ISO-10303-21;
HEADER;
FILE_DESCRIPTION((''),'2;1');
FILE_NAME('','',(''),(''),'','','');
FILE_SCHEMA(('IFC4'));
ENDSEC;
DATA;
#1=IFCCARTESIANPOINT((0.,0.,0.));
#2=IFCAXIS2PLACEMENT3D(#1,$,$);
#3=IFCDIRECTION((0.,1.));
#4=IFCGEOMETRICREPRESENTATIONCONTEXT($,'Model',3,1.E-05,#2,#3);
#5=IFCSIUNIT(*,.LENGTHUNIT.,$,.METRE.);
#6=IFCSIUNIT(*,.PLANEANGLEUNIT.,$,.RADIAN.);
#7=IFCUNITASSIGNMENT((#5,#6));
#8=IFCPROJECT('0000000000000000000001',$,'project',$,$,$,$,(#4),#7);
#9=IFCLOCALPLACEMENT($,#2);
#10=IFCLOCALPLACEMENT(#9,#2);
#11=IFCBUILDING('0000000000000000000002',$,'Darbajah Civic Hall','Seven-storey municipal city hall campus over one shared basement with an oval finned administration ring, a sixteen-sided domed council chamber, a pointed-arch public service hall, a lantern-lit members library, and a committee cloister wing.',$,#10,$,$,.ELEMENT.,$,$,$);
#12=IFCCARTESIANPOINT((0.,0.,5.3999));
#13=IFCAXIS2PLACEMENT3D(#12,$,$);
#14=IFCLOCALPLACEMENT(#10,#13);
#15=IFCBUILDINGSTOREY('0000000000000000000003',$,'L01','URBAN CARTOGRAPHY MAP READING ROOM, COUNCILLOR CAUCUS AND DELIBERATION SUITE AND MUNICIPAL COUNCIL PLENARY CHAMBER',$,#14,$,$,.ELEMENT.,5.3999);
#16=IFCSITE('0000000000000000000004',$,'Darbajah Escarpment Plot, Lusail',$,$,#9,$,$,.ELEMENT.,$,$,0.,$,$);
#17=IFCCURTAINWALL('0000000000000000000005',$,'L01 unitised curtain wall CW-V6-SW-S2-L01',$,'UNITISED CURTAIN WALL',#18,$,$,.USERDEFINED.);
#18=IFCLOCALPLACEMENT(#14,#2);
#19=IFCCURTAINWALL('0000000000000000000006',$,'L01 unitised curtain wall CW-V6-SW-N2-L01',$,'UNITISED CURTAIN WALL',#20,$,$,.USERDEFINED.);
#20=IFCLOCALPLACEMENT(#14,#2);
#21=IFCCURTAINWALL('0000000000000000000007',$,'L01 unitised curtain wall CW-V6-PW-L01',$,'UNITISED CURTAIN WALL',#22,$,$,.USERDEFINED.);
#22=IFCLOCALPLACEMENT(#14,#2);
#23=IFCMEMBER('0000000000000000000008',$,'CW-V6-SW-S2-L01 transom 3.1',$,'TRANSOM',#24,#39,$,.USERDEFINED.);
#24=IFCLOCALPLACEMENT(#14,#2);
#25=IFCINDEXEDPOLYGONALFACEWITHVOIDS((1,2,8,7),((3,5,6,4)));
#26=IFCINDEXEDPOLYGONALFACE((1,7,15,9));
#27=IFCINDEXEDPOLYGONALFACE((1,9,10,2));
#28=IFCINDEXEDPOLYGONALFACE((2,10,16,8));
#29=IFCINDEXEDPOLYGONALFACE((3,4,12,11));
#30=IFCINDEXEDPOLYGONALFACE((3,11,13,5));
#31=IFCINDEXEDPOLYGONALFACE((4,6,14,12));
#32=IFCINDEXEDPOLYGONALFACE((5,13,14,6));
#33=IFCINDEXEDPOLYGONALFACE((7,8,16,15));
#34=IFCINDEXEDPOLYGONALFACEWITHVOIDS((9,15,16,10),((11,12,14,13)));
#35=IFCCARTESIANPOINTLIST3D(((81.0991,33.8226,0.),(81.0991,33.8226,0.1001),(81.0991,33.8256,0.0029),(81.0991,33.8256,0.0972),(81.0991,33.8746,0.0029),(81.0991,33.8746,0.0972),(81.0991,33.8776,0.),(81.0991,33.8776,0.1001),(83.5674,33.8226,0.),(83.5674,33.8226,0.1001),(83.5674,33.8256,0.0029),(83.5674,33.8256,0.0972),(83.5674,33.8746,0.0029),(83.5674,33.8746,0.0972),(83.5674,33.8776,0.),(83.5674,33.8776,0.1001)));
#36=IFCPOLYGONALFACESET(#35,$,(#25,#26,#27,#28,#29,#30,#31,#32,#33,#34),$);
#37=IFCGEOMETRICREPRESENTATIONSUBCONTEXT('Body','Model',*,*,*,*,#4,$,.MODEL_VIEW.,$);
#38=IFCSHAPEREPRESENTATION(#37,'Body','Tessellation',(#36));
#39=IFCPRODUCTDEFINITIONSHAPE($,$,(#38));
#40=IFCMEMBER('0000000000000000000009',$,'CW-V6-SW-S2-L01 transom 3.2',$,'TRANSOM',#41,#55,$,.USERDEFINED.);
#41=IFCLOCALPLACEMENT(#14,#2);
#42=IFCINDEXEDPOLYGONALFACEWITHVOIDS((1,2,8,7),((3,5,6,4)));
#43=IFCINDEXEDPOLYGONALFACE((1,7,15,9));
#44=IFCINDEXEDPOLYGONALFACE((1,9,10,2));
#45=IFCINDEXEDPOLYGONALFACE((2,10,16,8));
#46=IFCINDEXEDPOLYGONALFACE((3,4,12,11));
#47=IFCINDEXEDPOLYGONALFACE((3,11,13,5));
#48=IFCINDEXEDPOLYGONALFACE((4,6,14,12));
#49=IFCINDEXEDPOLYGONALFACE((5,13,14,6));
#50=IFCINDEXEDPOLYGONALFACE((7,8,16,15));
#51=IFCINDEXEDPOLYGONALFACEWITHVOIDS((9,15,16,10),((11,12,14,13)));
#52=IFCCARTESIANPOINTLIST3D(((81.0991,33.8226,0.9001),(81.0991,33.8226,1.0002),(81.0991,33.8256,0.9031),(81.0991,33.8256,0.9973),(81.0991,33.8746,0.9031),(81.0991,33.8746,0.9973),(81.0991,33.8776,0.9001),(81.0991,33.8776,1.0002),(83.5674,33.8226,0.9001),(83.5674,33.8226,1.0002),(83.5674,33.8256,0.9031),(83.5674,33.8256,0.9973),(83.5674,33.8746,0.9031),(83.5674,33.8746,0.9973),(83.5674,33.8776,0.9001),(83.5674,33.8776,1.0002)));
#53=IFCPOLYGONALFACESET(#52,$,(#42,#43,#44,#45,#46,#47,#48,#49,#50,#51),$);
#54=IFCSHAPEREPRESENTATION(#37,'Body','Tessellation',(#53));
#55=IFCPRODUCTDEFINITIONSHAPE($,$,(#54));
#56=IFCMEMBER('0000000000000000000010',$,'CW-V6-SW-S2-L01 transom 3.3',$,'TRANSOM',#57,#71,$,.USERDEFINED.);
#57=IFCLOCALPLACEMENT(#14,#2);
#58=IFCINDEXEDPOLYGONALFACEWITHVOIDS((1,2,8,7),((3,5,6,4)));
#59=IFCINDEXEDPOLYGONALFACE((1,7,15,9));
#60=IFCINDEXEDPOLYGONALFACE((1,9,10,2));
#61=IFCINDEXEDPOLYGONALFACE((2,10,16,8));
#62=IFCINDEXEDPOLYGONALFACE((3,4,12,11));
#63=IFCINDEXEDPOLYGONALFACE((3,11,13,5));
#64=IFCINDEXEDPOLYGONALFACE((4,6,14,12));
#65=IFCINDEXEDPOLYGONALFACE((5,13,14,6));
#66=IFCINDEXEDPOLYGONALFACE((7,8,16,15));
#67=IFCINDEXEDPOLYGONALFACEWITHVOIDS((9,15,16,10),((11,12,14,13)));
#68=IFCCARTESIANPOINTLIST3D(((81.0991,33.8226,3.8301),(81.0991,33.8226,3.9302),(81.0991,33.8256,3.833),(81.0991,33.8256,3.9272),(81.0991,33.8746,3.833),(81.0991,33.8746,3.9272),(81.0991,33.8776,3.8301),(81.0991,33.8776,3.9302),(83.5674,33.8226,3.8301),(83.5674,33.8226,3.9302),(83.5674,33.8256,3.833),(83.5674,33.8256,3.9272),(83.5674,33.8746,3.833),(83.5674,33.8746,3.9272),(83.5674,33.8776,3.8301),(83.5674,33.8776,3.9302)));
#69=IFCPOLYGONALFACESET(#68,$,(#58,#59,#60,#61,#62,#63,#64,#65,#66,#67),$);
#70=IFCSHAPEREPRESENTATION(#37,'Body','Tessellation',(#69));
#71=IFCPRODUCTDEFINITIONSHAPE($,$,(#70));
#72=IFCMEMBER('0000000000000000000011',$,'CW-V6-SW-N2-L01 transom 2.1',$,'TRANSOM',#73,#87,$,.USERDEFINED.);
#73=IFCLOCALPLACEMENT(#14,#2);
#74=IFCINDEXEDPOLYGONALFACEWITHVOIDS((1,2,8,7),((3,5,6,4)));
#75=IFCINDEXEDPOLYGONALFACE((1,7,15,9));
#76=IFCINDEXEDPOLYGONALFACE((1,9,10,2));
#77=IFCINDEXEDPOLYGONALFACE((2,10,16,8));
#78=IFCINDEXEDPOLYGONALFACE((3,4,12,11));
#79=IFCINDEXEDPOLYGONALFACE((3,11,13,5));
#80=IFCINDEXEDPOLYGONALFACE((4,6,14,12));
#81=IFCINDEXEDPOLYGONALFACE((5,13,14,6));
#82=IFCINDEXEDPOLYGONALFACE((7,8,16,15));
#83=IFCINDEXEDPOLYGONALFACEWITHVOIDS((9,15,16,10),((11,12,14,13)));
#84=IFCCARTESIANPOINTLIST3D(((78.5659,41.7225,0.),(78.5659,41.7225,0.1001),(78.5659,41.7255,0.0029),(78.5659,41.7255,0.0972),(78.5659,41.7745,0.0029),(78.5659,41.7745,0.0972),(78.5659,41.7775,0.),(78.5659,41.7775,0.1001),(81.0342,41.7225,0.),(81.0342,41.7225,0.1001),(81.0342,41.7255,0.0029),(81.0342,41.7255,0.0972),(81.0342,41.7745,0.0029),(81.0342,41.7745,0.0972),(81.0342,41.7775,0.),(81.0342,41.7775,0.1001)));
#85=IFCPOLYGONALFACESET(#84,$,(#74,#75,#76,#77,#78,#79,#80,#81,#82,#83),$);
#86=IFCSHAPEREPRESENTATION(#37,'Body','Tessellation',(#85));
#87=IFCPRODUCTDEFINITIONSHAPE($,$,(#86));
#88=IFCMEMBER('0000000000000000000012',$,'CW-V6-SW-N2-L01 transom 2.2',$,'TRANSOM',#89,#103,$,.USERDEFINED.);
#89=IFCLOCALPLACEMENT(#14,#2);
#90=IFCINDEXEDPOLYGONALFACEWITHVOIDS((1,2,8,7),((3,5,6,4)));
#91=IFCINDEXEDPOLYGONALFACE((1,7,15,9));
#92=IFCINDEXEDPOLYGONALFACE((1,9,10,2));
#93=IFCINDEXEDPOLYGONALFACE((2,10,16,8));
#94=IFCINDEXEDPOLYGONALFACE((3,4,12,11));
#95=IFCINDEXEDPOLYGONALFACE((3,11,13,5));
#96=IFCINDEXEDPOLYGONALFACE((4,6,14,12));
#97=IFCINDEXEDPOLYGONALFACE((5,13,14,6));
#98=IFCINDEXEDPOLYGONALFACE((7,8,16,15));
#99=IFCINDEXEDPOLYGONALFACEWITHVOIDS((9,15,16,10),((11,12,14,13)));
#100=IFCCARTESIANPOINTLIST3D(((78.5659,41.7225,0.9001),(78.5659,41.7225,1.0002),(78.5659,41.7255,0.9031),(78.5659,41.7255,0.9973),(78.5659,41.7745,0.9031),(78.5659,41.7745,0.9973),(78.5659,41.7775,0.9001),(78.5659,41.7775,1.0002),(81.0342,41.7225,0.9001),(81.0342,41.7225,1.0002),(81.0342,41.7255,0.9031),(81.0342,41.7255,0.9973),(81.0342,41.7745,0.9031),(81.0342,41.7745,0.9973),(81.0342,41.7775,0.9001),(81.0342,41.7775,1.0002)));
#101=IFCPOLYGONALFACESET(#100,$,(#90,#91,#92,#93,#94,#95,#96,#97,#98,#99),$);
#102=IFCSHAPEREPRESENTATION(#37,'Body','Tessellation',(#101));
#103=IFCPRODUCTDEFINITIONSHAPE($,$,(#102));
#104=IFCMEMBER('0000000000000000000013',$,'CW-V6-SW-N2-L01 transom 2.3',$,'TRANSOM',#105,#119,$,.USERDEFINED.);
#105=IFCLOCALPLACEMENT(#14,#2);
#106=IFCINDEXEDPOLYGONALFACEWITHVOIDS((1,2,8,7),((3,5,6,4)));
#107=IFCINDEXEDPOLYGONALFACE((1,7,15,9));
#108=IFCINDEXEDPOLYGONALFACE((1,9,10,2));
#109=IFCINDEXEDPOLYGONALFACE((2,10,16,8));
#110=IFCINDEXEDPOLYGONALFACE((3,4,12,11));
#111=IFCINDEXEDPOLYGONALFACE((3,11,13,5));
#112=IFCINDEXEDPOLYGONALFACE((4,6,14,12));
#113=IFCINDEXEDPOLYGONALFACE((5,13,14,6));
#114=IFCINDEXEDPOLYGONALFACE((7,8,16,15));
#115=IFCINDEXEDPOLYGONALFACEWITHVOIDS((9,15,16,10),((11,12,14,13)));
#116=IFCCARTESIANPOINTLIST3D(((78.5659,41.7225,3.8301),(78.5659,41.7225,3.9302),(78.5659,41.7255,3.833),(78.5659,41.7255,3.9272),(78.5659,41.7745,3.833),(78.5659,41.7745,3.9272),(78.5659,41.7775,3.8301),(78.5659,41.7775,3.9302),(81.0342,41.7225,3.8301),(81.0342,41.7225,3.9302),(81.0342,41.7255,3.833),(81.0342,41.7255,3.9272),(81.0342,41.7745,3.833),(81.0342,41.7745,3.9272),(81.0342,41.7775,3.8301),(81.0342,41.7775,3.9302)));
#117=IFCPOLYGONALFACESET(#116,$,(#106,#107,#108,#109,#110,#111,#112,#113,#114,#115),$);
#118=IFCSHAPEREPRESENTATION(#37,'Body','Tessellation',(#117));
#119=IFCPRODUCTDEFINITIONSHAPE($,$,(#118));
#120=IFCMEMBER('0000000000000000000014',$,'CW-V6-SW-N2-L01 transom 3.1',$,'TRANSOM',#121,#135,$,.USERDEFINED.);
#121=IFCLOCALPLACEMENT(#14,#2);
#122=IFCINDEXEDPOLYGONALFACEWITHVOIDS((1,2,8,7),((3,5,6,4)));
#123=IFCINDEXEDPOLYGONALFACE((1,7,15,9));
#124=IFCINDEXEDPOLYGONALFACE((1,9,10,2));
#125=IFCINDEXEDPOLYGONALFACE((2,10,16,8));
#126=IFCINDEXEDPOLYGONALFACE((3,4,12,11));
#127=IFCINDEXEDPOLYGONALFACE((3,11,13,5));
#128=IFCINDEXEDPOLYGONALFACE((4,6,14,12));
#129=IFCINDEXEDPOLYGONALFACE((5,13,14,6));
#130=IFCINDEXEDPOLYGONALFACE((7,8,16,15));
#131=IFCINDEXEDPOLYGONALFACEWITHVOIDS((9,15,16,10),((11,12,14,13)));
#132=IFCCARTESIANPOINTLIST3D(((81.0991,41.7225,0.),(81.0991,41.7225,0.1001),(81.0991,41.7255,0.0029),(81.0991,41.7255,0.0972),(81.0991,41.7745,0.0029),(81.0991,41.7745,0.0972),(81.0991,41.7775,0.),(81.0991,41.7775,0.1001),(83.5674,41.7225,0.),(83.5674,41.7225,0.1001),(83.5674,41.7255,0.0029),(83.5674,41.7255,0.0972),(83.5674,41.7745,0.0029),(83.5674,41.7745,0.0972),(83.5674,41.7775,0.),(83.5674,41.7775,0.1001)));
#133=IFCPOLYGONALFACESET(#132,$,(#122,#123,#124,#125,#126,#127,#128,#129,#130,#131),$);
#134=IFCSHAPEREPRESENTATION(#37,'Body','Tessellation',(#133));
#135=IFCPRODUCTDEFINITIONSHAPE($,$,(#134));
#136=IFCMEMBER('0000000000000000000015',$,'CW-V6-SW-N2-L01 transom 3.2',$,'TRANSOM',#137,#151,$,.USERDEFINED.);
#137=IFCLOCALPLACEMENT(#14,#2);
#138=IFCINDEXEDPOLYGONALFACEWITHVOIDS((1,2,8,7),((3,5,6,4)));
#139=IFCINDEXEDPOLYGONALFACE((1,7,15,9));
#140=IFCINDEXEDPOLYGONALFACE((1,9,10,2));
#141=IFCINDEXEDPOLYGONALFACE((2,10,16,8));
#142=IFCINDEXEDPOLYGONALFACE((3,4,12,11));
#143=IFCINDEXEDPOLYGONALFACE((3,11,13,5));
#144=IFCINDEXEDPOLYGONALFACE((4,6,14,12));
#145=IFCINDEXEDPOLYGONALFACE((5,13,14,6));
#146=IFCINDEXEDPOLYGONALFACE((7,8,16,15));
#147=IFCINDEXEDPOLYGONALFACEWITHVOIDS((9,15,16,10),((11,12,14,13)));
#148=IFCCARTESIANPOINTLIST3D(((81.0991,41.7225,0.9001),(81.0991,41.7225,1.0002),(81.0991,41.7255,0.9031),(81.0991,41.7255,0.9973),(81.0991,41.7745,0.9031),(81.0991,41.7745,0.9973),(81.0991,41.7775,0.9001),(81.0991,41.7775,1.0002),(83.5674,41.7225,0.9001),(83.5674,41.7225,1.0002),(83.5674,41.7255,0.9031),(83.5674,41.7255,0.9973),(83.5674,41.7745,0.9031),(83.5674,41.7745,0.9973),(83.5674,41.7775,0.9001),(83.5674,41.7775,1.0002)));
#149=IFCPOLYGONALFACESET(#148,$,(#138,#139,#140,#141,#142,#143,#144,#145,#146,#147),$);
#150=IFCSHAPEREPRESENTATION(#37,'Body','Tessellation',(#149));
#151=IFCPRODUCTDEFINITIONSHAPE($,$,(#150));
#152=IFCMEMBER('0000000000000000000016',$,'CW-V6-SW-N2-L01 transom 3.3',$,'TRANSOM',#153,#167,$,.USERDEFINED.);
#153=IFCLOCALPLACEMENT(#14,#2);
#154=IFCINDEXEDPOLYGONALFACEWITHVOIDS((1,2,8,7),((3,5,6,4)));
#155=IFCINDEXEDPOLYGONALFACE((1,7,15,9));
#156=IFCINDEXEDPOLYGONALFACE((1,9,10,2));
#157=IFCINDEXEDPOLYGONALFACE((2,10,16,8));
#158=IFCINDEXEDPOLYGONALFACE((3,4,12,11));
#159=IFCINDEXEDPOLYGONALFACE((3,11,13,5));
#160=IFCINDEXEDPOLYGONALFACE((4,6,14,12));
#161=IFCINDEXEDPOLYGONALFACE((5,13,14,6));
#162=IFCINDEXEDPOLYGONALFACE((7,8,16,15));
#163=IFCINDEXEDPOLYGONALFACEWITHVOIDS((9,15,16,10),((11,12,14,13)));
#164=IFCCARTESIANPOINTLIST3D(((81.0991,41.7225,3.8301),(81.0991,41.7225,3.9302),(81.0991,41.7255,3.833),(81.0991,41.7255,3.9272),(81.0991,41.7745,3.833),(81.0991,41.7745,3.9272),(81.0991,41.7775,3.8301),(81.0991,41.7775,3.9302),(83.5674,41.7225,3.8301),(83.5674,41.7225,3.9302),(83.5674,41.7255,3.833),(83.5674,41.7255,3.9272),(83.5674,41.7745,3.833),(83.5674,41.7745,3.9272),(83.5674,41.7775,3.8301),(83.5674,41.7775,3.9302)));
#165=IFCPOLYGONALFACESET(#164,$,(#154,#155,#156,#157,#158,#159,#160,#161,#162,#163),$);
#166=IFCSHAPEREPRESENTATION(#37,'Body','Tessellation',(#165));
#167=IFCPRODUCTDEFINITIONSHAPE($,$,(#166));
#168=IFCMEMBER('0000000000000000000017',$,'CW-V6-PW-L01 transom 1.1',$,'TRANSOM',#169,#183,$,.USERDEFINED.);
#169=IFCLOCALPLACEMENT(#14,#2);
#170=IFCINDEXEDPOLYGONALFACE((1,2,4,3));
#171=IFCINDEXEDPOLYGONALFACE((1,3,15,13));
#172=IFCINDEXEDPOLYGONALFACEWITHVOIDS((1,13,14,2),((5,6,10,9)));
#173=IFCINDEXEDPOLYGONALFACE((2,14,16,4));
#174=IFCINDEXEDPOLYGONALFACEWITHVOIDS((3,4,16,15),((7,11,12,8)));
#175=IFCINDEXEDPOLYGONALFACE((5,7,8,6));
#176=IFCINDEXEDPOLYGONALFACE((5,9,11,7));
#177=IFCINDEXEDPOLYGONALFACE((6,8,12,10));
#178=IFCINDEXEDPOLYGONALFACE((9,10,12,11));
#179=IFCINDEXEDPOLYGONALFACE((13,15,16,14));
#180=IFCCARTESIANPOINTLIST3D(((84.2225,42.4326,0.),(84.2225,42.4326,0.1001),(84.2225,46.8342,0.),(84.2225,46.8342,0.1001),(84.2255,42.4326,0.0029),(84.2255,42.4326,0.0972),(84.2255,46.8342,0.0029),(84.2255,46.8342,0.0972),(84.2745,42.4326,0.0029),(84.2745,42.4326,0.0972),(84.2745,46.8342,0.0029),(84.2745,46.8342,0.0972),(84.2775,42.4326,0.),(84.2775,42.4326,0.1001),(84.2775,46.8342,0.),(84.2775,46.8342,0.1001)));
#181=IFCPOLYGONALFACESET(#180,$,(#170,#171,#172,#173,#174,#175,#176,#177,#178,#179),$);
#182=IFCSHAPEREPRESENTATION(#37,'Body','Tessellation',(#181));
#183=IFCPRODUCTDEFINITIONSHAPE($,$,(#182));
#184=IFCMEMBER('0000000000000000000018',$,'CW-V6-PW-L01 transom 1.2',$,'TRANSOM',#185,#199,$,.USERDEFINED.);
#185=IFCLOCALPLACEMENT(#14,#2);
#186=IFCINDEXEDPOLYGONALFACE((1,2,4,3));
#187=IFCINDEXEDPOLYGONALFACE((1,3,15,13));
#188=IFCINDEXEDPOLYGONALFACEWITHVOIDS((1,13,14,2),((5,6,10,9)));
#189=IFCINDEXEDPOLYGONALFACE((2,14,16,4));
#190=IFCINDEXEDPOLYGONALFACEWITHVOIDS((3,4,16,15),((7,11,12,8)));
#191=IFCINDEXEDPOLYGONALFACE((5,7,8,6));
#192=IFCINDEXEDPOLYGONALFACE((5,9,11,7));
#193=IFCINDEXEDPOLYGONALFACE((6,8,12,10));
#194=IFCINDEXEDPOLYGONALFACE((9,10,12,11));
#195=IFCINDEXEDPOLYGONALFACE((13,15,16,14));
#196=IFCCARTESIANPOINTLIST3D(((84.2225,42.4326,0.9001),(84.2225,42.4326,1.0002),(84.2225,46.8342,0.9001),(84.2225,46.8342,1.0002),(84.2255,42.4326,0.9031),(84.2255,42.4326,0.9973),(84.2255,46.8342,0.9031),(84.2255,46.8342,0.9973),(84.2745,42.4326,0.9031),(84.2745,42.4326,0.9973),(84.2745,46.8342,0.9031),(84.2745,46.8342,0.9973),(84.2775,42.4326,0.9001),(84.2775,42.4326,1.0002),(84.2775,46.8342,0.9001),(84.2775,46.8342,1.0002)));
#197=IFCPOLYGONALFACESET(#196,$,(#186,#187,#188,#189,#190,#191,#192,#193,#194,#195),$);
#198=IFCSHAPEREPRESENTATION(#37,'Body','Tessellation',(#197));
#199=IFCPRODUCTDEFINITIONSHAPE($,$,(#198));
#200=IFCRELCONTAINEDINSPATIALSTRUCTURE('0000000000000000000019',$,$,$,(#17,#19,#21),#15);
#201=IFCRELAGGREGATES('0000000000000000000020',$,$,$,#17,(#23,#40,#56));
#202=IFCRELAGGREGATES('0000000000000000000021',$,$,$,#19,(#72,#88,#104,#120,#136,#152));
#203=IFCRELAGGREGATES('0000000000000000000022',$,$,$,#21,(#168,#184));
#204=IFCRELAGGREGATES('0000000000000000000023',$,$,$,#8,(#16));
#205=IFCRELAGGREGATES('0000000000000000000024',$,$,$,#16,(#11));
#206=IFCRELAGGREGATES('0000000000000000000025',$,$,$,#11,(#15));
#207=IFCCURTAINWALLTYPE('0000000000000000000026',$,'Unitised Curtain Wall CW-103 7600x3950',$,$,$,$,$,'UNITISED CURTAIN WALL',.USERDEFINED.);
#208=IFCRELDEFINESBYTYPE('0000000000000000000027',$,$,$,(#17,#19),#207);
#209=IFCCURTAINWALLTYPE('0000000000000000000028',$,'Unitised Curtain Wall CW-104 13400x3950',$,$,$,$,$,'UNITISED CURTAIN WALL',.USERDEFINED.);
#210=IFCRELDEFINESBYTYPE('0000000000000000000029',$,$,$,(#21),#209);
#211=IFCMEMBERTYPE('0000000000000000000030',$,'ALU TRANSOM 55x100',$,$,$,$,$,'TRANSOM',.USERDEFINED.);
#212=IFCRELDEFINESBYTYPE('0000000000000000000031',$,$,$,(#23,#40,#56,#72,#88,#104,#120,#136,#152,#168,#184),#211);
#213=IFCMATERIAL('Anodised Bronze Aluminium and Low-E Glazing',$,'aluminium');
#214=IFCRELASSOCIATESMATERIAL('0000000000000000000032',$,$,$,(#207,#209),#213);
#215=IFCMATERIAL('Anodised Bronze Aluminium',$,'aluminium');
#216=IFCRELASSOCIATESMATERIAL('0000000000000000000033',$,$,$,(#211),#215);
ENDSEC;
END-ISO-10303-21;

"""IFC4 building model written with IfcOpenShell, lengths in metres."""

from ifc_helpers import new_model, si_unit, direction, frame, origin, origin_2d, place, context, subcontext, project, spatial, hollow_rectangle, extrude, material, material_profile, profile_set, type_object, element, aggregate, save


model = new_model("IFC4")

# Units and contexts
model_context = context("Model", 3, precision=1e-05, world=origin(), true_north=direction((0.0, 1.0)))
body_context = subcontext(model_context, "Body", "Model", "MODEL_VIEW")
ifc_project = project(units=[si_unit("LENGTHUNIT", "METRE"), si_unit("PLANEANGLEUNIT", "RADIAN")], contexts=[model_context])

# Site, building, storey
site_placement = place(None, origin())
site = spatial("IfcSite", under=ifc_project, at=site_placement, Name="Darbajah Escarpment Plot, Lusail", CompositionType="ELEMENT", RefElevation=0.0)
building_placement = place(site_placement, origin())
building = spatial("IfcBuilding", under=site, at=building_placement, Name="Darbajah Civic Hall", Description="Seven-storey municipal city hall campus over one shared basement with an oval finned administration ring, a sixteen-sided domed council chamber, a pointed-arch public service hall, a lantern-lit members library, and a committee cloister wing.", CompositionType="ELEMENT")
storey_placement = place(building_placement, frame((0.0, 0.0, 5.3999)))
storey = spatial("IfcBuildingStorey", under=building, at=storey_placement, Name="L01", Description="URBAN CARTOGRAPHY MAP READING ROOM, COUNCILLOR CAUCUS AND DELIBERATION SUITE AND MUNICIPAL COUNCIL PLENARY CHAMBER", CompositionType="ELEMENT", Elevation=5.3999)

# Curtain walls
ifc_material_1 = material(Name="Anodised Bronze Aluminium and Low-E Glazing", Category="aluminium")
curtain_wall_type_1 = type_object("IfcCurtainWallType", Name="Unitised Curtain Wall CW-103 7600x3950", ElementType="UNITISED CURTAIN WALL", PredefinedType="USERDEFINED", material=ifc_material_1)
curtain_wall_1_placement = place(storey_placement, origin())
curtain_wall_1 = element("IfcCurtainWall", 1, at=curtain_wall_1_placement, inside=storey, type_object=curtain_wall_type_1, Name="L01 unitised curtain wall CW-V6-SW-S2-L01", ObjectType="UNITISED CURTAIN WALL", PredefinedType="USERDEFINED")
ifc_material_2 = material(Name="Anodised Bronze Aluminium", Category="aluminium")
curtain_wall_2_placement = place(storey_placement, origin())
curtain_wall_2 = element("IfcCurtainWall", 2, at=curtain_wall_2_placement, inside=storey, type_object=curtain_wall_type_1, Name="L01 unitised curtain wall CW-V6-SW-N2-L01", ObjectType="UNITISED CURTAIN WALL", PredefinedType="USERDEFINED")
curtain_wall_type_2 = type_object("IfcCurtainWallType", Name="Unitised Curtain Wall CW-104 13400x3950", ElementType="UNITISED CURTAIN WALL", PredefinedType="USERDEFINED", material=ifc_material_1)
curtain_wall_3_placement = place(storey_placement, origin())
curtain_wall_3 = element("IfcCurtainWall", 3, at=curtain_wall_3_placement, inside=storey, type_object=curtain_wall_type_2, Name="L01 unitised curtain wall CW-V6-PW-L01", ObjectType="UNITISED CURTAIN WALL", PredefinedType="USERDEFINED")

# Members
ifc_material_profile_1 = material_profile(ifc_material_2, hollow_rectangle(XDim=0.0549, YDim=0.1001, WallThickness=0.0029, at=origin_2d()), Name="ALU TRANSOM 55x100")
ifc_profile_set_1 = profile_set([ifc_material_profile_1], Name="Anodised Bronze Aluminium")
member_type_1 = type_object("IfcMemberType", Name="ALU TRANSOM 55x100", ElementType="TRANSOM", PredefinedType="USERDEFINED", material=ifc_profile_set_1)
member_1_placement = place(storey_placement, frame((81.0991, 33.8501, 0.05), z_axis=(1.0, 0.0, 0.0), x_axis=(0.0, 1.0, 0.0)))
member_1 = element("IfcMember", 4, at=member_1_placement, type_object=member_type_1, Name="CW-V6-SW-S2-L01 transom 3.1", ObjectType="TRANSOM", PredefinedType="USERDEFINED", context=body_context, shape_type="SweptSolid", body=[
    extrude(hollow_rectangle(XDim=0.0549, YDim=0.1001, WallThickness=0.0029, at=origin_2d()), origin(), (0.0, 0.0, 1.0), 2.4683),
])
member_2_placement = place(storey_placement, frame((81.0991, 33.8501, 0.9502), z_axis=(1.0, 0.0, 0.0), x_axis=(0.0, 1.0, 0.0)))
member_2 = element("IfcMember", 5, at=member_2_placement, type_object=member_type_1, Name="CW-V6-SW-S2-L01 transom 3.2", ObjectType="TRANSOM", PredefinedType="USERDEFINED", context=body_context, shape_type="SweptSolid", body=[
    extrude(hollow_rectangle(XDim=0.0549, YDim=0.1001, WallThickness=0.0029, at=origin_2d()), origin(), (0.0, 0.0, 1.0), 2.4683),
])
member_3_placement = place(storey_placement, frame((81.0991, 33.8501, 3.8801), z_axis=(1.0, 0.0, 0.0), x_axis=(0.0, 1.0, 0.0)))
member_3 = element("IfcMember", 6, at=member_3_placement, type_object=member_type_1, Name="CW-V6-SW-S2-L01 transom 3.3", ObjectType="TRANSOM", PredefinedType="USERDEFINED", context=body_context, shape_type="SweptSolid", body=[
    extrude(hollow_rectangle(XDim=0.0549, YDim=0.1001, WallThickness=0.0029, at=origin_2d()), origin(), (0.0, 0.0, 1.0), 2.4683),
])
member_4_placement = place(storey_placement, frame((78.5659, 41.75, 0.05), z_axis=(1.0, 0.0, 0.0), x_axis=(0.0, 1.0, 0.0)))
member_4 = element("IfcMember", 7, at=member_4_placement, type_object=member_type_1, Name="CW-V6-SW-N2-L01 transom 2.1", ObjectType="TRANSOM", PredefinedType="USERDEFINED", context=body_context, shape_type="SweptSolid", body=[
    extrude(hollow_rectangle(XDim=0.0549, YDim=0.1001, WallThickness=0.0029, at=origin_2d()), origin(), (0.0, 0.0, 1.0), 2.4683),
])
member_5_placement = place(storey_placement, frame((78.5659, 41.75, 0.9502), z_axis=(1.0, 0.0, 0.0), x_axis=(0.0, 1.0, 0.0)))
member_5 = element("IfcMember", 8, at=member_5_placement, type_object=member_type_1, Name="CW-V6-SW-N2-L01 transom 2.2", ObjectType="TRANSOM", PredefinedType="USERDEFINED", context=body_context, shape_type="SweptSolid", body=[
    extrude(hollow_rectangle(XDim=0.0549, YDim=0.1001, WallThickness=0.0029, at=origin_2d()), origin(), (0.0, 0.0, 1.0), 2.4683),
])
member_6_placement = place(storey_placement, frame((78.5659, 41.75, 3.8801), z_axis=(1.0, 0.0, 0.0), x_axis=(0.0, 1.0, 0.0)))
member_6 = element("IfcMember", 9, at=member_6_placement, type_object=member_type_1, Name="CW-V6-SW-N2-L01 transom 2.3", ObjectType="TRANSOM", PredefinedType="USERDEFINED", context=body_context, shape_type="SweptSolid", body=[
    extrude(hollow_rectangle(XDim=0.0549, YDim=0.1001, WallThickness=0.0029, at=origin_2d()), origin(), (0.0, 0.0, 1.0), 2.4683),
])
member_7_placement = place(storey_placement, frame((81.0991, 41.75, 0.05), z_axis=(1.0, 0.0, 0.0), x_axis=(0.0, 1.0, 0.0)))
member_7 = element("IfcMember", 10, at=member_7_placement, type_object=member_type_1, Name="CW-V6-SW-N2-L01 transom 3.1", ObjectType="TRANSOM", PredefinedType="USERDEFINED", context=body_context, shape_type="SweptSolid", body=[
    extrude(hollow_rectangle(XDim=0.0549, YDim=0.1001, WallThickness=0.0029, at=origin_2d()), origin(), (0.0, 0.0, 1.0), 2.4683),
])
member_8_placement = place(storey_placement, frame((81.0991, 41.75, 0.9502), z_axis=(1.0, 0.0, 0.0), x_axis=(0.0, 1.0, 0.0)))
member_8 = element("IfcMember", 11, at=member_8_placement, type_object=member_type_1, Name="CW-V6-SW-N2-L01 transom 3.2", ObjectType="TRANSOM", PredefinedType="USERDEFINED", context=body_context, shape_type="SweptSolid", body=[
    extrude(hollow_rectangle(XDim=0.0549, YDim=0.1001, WallThickness=0.0029, at=origin_2d()), origin(), (0.0, 0.0, 1.0), 2.4683),
])
member_9_placement = place(storey_placement, frame((81.0991, 41.75, 3.8801), z_axis=(1.0, 0.0, 0.0), x_axis=(0.0, 1.0, 0.0)))
member_9 = element("IfcMember", 12, at=member_9_placement, type_object=member_type_1, Name="CW-V6-SW-N2-L01 transom 3.3", ObjectType="TRANSOM", PredefinedType="USERDEFINED", context=body_context, shape_type="SweptSolid", body=[
    extrude(hollow_rectangle(XDim=0.0549, YDim=0.1001, WallThickness=0.0029, at=origin_2d()), origin(), (0.0, 0.0, 1.0), 2.4683),
])
member_10_placement = place(storey_placement, frame((84.25, 42.4326, 0.05), z_axis=(0.0, 1.0, 0.0), x_axis=(-1.0, 0.0, 0.0)))
member_10 = element("IfcMember", 13, at=member_10_placement, type_object=member_type_1, Name="CW-V6-PW-L01 transom 1.1", ObjectType="TRANSOM", PredefinedType="USERDEFINED", context=body_context, shape_type="SweptSolid", body=[
    extrude(hollow_rectangle(XDim=0.0549, YDim=0.1001, WallThickness=0.0029, at=origin_2d()), origin(), (0.0, 0.0, 1.0), 4.4016),
])
member_11_placement = place(storey_placement, frame((84.25, 42.4326, 0.9502), z_axis=(0.0, 1.0, 0.0), x_axis=(-1.0, 0.0, 0.0)))
member_11 = element("IfcMember", 14, at=member_11_placement, type_object=member_type_1, Name="CW-V6-PW-L01 transom 1.2", ObjectType="TRANSOM", PredefinedType="USERDEFINED", context=body_context, shape_type="SweptSolid", body=[
    extrude(hollow_rectangle(XDim=0.0549, YDim=0.1001, WallThickness=0.0029, at=origin_2d()), origin(), (0.0, 0.0, 1.0), 4.4016),
])

aggregate(curtain_wall_1, [member_1, member_2, member_3])
aggregate(curtain_wall_2, [member_4, member_5, member_6, member_7, member_8, member_9])
aggregate(curtain_wall_3, [member_10, member_11])

save(model, "model.ifc")
